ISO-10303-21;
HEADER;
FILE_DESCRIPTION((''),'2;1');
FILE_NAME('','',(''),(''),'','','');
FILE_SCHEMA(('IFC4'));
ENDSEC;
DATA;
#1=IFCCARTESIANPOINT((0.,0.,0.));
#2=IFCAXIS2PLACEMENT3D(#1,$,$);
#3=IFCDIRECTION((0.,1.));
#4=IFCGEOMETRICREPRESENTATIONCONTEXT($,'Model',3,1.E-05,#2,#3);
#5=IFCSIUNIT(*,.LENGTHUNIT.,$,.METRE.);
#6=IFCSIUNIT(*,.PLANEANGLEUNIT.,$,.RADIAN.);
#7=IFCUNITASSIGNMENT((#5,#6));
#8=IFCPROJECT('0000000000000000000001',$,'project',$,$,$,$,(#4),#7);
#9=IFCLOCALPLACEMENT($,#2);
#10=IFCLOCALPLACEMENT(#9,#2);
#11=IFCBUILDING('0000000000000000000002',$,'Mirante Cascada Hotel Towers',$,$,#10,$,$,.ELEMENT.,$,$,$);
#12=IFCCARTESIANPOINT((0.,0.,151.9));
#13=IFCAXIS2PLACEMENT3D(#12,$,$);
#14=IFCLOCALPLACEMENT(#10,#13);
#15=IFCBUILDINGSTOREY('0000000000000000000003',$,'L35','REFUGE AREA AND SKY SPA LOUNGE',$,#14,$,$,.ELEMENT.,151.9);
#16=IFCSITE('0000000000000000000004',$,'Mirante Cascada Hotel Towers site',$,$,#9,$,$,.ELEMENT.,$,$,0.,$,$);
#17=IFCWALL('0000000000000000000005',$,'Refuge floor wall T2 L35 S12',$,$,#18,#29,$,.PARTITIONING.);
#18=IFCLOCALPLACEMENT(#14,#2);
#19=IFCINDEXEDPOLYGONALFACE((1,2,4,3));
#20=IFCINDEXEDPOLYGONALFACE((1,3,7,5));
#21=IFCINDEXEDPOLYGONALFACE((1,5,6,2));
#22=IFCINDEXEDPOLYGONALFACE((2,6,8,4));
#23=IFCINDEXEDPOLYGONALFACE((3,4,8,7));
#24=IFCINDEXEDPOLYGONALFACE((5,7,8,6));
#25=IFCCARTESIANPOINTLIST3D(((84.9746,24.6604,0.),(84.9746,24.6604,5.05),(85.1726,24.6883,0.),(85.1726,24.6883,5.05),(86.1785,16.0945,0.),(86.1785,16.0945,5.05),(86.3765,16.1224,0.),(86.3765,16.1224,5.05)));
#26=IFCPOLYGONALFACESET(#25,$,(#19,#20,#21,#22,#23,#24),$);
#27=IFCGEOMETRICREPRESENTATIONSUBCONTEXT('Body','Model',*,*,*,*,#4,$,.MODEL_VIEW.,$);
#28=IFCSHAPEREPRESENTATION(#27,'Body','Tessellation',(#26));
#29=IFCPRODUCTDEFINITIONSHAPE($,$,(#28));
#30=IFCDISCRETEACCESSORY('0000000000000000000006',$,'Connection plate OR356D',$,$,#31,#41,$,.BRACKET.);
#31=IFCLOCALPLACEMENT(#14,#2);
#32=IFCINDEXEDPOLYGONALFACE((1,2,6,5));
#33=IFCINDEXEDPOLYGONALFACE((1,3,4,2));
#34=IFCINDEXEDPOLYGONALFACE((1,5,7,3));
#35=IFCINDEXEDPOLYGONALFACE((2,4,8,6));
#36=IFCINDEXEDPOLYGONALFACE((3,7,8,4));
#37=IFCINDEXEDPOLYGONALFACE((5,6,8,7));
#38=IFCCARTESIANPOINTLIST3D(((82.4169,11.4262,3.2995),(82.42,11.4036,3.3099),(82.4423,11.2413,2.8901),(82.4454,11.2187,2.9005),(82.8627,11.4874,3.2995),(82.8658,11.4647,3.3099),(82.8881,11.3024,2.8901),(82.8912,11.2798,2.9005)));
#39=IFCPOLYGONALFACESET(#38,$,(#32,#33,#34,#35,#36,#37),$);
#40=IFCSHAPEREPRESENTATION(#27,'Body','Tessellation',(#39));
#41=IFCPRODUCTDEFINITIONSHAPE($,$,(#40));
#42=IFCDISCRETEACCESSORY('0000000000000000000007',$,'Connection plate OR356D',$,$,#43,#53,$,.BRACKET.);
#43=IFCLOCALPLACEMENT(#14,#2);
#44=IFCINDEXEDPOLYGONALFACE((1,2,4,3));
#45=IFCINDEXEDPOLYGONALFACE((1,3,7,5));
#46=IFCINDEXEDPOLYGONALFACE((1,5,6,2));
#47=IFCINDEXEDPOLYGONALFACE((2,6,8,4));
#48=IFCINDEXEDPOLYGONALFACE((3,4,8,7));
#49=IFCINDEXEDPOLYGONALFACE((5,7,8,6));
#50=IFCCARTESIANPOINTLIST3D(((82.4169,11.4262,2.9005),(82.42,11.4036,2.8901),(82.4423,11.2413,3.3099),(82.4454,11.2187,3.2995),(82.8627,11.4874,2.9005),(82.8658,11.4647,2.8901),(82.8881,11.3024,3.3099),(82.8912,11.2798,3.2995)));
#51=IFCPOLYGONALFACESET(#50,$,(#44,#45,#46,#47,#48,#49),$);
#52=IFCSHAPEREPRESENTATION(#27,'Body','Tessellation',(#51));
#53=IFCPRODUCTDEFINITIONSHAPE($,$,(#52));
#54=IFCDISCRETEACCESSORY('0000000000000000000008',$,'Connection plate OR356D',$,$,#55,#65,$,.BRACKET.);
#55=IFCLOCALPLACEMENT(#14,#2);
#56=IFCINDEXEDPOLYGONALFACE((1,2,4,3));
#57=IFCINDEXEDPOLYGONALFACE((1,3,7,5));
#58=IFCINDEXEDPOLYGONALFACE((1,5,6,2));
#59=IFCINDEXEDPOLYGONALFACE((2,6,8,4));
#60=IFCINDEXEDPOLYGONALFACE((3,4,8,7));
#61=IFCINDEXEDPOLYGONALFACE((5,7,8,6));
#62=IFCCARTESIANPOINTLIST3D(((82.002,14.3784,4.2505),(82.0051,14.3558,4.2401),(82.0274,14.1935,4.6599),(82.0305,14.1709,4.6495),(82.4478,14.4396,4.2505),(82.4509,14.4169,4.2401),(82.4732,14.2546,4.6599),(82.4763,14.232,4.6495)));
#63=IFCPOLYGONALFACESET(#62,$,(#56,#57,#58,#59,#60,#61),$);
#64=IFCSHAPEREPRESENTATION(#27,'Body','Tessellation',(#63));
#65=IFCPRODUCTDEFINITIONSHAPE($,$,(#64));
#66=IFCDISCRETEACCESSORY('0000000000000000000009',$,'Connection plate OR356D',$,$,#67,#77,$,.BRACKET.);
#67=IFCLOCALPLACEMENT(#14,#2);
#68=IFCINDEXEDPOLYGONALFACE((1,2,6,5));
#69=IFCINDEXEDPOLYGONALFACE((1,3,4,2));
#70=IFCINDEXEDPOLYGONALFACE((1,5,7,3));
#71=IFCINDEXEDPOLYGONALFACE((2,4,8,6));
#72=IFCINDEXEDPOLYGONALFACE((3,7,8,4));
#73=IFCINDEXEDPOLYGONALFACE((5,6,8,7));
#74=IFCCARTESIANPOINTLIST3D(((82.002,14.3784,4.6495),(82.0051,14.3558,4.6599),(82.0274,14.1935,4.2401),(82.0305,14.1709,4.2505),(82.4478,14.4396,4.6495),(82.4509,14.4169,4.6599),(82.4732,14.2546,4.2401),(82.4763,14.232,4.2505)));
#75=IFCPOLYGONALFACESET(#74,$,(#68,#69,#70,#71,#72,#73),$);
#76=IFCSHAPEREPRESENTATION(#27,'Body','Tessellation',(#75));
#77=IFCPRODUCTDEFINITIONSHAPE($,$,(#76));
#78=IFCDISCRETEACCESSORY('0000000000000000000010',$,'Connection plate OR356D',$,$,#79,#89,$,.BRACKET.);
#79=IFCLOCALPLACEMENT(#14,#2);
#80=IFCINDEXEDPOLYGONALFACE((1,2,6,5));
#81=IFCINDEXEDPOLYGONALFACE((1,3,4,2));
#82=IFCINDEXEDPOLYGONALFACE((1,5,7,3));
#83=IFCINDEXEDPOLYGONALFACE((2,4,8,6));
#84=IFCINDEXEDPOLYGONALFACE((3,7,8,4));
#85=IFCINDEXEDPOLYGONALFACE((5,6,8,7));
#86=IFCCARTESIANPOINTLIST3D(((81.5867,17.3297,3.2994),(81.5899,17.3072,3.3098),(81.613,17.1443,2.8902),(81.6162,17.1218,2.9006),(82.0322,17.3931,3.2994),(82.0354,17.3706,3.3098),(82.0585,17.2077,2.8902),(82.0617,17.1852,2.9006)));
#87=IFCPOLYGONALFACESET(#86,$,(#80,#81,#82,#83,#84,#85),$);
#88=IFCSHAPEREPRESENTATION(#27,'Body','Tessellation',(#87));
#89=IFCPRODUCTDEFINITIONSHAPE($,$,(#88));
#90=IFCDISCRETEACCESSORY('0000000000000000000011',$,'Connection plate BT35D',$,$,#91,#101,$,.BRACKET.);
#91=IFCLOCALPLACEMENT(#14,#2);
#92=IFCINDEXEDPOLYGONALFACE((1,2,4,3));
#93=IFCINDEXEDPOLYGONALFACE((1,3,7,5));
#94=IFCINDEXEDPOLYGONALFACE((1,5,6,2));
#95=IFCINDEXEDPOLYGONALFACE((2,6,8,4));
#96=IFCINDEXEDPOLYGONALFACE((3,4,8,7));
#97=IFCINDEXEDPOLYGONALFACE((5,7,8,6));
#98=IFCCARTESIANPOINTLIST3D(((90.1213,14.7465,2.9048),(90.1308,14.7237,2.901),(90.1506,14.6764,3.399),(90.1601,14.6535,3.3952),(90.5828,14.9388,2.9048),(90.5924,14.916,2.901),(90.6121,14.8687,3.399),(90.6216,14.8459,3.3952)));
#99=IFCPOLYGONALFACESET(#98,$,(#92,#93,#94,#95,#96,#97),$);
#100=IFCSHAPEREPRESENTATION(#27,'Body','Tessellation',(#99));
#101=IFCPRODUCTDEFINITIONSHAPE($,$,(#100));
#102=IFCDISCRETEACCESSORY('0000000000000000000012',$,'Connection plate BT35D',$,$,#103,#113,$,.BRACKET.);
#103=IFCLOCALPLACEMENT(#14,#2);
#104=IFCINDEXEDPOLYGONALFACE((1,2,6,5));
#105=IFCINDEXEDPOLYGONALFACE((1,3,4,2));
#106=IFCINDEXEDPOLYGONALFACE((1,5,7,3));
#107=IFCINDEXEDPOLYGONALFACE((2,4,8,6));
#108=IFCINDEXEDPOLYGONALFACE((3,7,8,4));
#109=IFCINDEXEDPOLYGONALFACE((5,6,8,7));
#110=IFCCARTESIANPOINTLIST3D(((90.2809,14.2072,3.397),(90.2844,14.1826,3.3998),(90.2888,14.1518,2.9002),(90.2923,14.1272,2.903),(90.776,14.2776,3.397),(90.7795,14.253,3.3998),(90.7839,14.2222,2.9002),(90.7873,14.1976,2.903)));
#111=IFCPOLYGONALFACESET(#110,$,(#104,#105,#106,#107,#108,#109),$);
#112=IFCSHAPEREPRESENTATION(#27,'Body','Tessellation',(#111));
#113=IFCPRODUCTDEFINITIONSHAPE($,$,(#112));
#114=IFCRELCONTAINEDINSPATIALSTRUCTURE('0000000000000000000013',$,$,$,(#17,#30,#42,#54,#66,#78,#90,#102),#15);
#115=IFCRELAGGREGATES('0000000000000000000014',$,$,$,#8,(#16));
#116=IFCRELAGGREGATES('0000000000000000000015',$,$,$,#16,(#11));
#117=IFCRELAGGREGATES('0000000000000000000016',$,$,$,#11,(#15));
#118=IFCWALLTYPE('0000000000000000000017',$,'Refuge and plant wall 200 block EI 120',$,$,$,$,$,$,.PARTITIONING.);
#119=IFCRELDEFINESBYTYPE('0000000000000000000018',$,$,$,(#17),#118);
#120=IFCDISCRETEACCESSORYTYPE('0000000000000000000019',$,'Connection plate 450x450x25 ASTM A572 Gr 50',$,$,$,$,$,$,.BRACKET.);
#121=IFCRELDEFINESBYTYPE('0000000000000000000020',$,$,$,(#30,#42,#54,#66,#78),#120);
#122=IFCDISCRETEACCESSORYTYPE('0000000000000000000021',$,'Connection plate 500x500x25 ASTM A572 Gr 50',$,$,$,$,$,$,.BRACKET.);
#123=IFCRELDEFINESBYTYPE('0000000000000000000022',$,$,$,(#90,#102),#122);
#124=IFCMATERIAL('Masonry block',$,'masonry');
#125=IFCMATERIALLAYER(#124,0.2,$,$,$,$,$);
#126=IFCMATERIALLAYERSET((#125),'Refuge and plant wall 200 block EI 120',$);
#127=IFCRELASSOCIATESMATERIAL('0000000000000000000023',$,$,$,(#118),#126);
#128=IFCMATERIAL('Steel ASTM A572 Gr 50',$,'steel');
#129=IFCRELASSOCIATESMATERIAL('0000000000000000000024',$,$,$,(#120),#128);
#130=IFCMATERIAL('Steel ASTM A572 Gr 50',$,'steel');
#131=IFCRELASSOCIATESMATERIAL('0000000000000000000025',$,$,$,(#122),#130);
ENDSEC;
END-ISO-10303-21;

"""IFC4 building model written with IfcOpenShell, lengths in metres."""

from ifc_helpers import new_model, si_unit, direction, frame, frame_2d, origin, origin_2d, place, context, subcontext, project, spatial, rectangle, extrude, material, layer, layer_set, material_profile, profile_set, type_object, element, save


model = new_model("IFC4")

# Units and contexts
model_context = context("Model", 3, precision=1e-05, world=origin(), true_north=direction((0.0, 1.0)))
body_context = subcontext(model_context, "Body", "Model", "MODEL_VIEW")
ifc_project = project(units=[si_unit("LENGTHUNIT", "METRE"), si_unit("PLANEANGLEUNIT", "RADIAN")], contexts=[model_context])

# Site, building, storey
site_placement = place(None, origin())
site = spatial("IfcSite", under=ifc_project, at=site_placement, Name="Mirante Cascada Hotel Towers site", CompositionType="ELEMENT", RefElevation=0.0)
building_placement = place(site_placement, origin())
building = spatial("IfcBuilding", under=site, at=building_placement, Name="Mirante Cascada Hotel Towers", CompositionType="ELEMENT")
storey_placement = place(building_placement, frame((0.0, 0.0, 151.9)))
storey = spatial("IfcBuildingStorey", under=building, at=storey_placement, Name="L35", Description="REFUGE AREA AND SKY SPA LOUNGE", CompositionType="ELEMENT", Elevation=151.9)

# Wall
ifc_material_1 = material(Name="Masonry block", Category="masonry")
ifc_layer_1 = layer(ifc_material_1, 0.2)
ifc_layer_set_1 = layer_set([ifc_layer_1], Name="Refuge and plant wall 200 block EI 120")
wall_type = type_object("IfcWallType", Name="Refuge and plant wall 200 block EI 120", PredefinedType="PARTITIONING", material=ifc_layer_set_1)
wall_1_placement = place(storey_placement, frame((86.2775, 16.1085, 0.0), z_axis=(0.0, 0.0, 1.0), x_axis=(-0.139178, 0.990267, 0.0)))
element("IfcWall", 1, at=wall_1_placement, inside=storey, type_object=wall_type, Name="Refuge floor wall T2 L35 S12", PredefinedType="PARTITIONING", context=body_context, shape_type="SweptSolid", body=[
    extrude(rectangle(XDim=8.6501, YDim=0.2, at=frame_2d((4.325, 0.0))), origin(), (0.0, 0.0, 1.0), 5.05),
])

# Discrete accessories
ifc_material_2 = material(Name="Steel ASTM A572 Gr 50", Category="steel")
ifc_material_profile_1 = material_profile(ifc_material_2, rectangle(XDim=0.45, YDim=0.45, at=origin_2d()), Name="Connection plate 450x450x25 ASTM A572 Gr 50")
ifc_profile_set_1 = profile_set([ifc_material_profile_1], Name="Steel ASTM A572 Gr 50")
discrete_accessory_type_1 = type_object("IfcDiscreteAccessoryType", Name="Connection plate 450x450x25 ASTM A572 Gr 50", PredefinedType="BRACKET", material=ifc_profile_set_1)
for number, where, z_axis, x_axis, name in (
    (2, (82.6556, 11.3417, 3.1052), (-0.123651, 0.901458, -0.41483), (-0.990723, -0.135896, 0.0), "Connection plate OR356D"),
    (3, (82.6556, 11.3417, 3.0948), (-0.123651, 0.901458, 0.41483), (-0.990723, -0.135896, 0.0), "Connection plate OR356D"),
    (4, (82.2407, 14.2939, 4.4448), (-0.123651, 0.901458, 0.41483), (-0.990723, -0.135896, 0.0), "Connection plate OR356D"),
    (5, (82.2407, 14.2939, 4.4552), (-0.123651, 0.901458, -0.41483), (-0.990723, -0.135896, 0.0), "Connection plate OR356D"),
):
    element("IfcDiscreteAccessory", number, at=place(storey_placement, frame(where, z_axis=z_axis, x_axis=x_axis)), inside=storey, type_object=discrete_accessory_type_1, Name=name, PredefinedType="BRACKET", context=body_context, shape_type="SweptSolid", body=[
        extrude(rectangle(XDim=0.45, YDim=0.45, at=origin_2d()), origin(), (0.0, 0.0, 1.0), 0.0251),
    ])
discrete_accessory_placement = place(storey_placement, frame((81.8258, 17.2462, 3.1052), z_axis=(-0.128036, 0.900252, -0.416117), x_axis=(-0.990037, -0.140805, 0.0)))
element("IfcDiscreteAccessory", 6, at=discrete_accessory_placement, inside=storey, type_object=discrete_accessory_type_1, Name="Connection plate OR356D", PredefinedType="BRACKET", context=body_context, shape_type="SweptSolid", body=[
    extrude(rectangle(XDim=0.45, YDim=0.45, at=origin_2d()), origin(), (0.0, 0.0, 1.0), 0.025),
])
ifc_material_3 = material(Name="Steel ASTM A572 Gr 50", Category="steel")
ifc_material_profile_2 = material_profile(ifc_material_3, rectangle(XDim=0.5, YDim=0.5, at=origin_2d()), Name="Connection plate 500x500x25 ASTM A572 Gr 50")
ifc_profile_set_2 = profile_set([ifc_material_profile_2], Name="Steel ASTM A572 Gr 50")
discrete_accessory_type_2 = type_object("IfcDiscreteAccessoryType", Name="Connection plate 500x500x25 ASTM A572 Gr 50", PredefinedType="BRACKET", material=ifc_profile_set_2)
for number, where, z_axis, x_axis, name in (
    (7, (90.3667, 14.8076, 3.1519), (0.380143, -0.912343, -0.152057), (0.923077, 0.384615, 0.0), "Connection plate BT35D"),
    (8, (90.5324, 14.2147, 3.1486), (0.139972, -0.983803, 0.111978), (0.99003, 0.140858, 0.0), "Connection plate BT35D"),
):
    element("IfcDiscreteAccessory", number, at=place(storey_placement, frame(where, z_axis=z_axis, x_axis=x_axis)), inside=storey, type_object=discrete_accessory_type_2, Name=name, PredefinedType="BRACKET", context=body_context, shape_type="SweptSolid", body=[
        extrude(rectangle(XDim=0.5, YDim=0.5, at=origin_2d()), origin(), (0.0, 0.0, 1.0), 0.025),
    ])

save(model, "model.ifc")
